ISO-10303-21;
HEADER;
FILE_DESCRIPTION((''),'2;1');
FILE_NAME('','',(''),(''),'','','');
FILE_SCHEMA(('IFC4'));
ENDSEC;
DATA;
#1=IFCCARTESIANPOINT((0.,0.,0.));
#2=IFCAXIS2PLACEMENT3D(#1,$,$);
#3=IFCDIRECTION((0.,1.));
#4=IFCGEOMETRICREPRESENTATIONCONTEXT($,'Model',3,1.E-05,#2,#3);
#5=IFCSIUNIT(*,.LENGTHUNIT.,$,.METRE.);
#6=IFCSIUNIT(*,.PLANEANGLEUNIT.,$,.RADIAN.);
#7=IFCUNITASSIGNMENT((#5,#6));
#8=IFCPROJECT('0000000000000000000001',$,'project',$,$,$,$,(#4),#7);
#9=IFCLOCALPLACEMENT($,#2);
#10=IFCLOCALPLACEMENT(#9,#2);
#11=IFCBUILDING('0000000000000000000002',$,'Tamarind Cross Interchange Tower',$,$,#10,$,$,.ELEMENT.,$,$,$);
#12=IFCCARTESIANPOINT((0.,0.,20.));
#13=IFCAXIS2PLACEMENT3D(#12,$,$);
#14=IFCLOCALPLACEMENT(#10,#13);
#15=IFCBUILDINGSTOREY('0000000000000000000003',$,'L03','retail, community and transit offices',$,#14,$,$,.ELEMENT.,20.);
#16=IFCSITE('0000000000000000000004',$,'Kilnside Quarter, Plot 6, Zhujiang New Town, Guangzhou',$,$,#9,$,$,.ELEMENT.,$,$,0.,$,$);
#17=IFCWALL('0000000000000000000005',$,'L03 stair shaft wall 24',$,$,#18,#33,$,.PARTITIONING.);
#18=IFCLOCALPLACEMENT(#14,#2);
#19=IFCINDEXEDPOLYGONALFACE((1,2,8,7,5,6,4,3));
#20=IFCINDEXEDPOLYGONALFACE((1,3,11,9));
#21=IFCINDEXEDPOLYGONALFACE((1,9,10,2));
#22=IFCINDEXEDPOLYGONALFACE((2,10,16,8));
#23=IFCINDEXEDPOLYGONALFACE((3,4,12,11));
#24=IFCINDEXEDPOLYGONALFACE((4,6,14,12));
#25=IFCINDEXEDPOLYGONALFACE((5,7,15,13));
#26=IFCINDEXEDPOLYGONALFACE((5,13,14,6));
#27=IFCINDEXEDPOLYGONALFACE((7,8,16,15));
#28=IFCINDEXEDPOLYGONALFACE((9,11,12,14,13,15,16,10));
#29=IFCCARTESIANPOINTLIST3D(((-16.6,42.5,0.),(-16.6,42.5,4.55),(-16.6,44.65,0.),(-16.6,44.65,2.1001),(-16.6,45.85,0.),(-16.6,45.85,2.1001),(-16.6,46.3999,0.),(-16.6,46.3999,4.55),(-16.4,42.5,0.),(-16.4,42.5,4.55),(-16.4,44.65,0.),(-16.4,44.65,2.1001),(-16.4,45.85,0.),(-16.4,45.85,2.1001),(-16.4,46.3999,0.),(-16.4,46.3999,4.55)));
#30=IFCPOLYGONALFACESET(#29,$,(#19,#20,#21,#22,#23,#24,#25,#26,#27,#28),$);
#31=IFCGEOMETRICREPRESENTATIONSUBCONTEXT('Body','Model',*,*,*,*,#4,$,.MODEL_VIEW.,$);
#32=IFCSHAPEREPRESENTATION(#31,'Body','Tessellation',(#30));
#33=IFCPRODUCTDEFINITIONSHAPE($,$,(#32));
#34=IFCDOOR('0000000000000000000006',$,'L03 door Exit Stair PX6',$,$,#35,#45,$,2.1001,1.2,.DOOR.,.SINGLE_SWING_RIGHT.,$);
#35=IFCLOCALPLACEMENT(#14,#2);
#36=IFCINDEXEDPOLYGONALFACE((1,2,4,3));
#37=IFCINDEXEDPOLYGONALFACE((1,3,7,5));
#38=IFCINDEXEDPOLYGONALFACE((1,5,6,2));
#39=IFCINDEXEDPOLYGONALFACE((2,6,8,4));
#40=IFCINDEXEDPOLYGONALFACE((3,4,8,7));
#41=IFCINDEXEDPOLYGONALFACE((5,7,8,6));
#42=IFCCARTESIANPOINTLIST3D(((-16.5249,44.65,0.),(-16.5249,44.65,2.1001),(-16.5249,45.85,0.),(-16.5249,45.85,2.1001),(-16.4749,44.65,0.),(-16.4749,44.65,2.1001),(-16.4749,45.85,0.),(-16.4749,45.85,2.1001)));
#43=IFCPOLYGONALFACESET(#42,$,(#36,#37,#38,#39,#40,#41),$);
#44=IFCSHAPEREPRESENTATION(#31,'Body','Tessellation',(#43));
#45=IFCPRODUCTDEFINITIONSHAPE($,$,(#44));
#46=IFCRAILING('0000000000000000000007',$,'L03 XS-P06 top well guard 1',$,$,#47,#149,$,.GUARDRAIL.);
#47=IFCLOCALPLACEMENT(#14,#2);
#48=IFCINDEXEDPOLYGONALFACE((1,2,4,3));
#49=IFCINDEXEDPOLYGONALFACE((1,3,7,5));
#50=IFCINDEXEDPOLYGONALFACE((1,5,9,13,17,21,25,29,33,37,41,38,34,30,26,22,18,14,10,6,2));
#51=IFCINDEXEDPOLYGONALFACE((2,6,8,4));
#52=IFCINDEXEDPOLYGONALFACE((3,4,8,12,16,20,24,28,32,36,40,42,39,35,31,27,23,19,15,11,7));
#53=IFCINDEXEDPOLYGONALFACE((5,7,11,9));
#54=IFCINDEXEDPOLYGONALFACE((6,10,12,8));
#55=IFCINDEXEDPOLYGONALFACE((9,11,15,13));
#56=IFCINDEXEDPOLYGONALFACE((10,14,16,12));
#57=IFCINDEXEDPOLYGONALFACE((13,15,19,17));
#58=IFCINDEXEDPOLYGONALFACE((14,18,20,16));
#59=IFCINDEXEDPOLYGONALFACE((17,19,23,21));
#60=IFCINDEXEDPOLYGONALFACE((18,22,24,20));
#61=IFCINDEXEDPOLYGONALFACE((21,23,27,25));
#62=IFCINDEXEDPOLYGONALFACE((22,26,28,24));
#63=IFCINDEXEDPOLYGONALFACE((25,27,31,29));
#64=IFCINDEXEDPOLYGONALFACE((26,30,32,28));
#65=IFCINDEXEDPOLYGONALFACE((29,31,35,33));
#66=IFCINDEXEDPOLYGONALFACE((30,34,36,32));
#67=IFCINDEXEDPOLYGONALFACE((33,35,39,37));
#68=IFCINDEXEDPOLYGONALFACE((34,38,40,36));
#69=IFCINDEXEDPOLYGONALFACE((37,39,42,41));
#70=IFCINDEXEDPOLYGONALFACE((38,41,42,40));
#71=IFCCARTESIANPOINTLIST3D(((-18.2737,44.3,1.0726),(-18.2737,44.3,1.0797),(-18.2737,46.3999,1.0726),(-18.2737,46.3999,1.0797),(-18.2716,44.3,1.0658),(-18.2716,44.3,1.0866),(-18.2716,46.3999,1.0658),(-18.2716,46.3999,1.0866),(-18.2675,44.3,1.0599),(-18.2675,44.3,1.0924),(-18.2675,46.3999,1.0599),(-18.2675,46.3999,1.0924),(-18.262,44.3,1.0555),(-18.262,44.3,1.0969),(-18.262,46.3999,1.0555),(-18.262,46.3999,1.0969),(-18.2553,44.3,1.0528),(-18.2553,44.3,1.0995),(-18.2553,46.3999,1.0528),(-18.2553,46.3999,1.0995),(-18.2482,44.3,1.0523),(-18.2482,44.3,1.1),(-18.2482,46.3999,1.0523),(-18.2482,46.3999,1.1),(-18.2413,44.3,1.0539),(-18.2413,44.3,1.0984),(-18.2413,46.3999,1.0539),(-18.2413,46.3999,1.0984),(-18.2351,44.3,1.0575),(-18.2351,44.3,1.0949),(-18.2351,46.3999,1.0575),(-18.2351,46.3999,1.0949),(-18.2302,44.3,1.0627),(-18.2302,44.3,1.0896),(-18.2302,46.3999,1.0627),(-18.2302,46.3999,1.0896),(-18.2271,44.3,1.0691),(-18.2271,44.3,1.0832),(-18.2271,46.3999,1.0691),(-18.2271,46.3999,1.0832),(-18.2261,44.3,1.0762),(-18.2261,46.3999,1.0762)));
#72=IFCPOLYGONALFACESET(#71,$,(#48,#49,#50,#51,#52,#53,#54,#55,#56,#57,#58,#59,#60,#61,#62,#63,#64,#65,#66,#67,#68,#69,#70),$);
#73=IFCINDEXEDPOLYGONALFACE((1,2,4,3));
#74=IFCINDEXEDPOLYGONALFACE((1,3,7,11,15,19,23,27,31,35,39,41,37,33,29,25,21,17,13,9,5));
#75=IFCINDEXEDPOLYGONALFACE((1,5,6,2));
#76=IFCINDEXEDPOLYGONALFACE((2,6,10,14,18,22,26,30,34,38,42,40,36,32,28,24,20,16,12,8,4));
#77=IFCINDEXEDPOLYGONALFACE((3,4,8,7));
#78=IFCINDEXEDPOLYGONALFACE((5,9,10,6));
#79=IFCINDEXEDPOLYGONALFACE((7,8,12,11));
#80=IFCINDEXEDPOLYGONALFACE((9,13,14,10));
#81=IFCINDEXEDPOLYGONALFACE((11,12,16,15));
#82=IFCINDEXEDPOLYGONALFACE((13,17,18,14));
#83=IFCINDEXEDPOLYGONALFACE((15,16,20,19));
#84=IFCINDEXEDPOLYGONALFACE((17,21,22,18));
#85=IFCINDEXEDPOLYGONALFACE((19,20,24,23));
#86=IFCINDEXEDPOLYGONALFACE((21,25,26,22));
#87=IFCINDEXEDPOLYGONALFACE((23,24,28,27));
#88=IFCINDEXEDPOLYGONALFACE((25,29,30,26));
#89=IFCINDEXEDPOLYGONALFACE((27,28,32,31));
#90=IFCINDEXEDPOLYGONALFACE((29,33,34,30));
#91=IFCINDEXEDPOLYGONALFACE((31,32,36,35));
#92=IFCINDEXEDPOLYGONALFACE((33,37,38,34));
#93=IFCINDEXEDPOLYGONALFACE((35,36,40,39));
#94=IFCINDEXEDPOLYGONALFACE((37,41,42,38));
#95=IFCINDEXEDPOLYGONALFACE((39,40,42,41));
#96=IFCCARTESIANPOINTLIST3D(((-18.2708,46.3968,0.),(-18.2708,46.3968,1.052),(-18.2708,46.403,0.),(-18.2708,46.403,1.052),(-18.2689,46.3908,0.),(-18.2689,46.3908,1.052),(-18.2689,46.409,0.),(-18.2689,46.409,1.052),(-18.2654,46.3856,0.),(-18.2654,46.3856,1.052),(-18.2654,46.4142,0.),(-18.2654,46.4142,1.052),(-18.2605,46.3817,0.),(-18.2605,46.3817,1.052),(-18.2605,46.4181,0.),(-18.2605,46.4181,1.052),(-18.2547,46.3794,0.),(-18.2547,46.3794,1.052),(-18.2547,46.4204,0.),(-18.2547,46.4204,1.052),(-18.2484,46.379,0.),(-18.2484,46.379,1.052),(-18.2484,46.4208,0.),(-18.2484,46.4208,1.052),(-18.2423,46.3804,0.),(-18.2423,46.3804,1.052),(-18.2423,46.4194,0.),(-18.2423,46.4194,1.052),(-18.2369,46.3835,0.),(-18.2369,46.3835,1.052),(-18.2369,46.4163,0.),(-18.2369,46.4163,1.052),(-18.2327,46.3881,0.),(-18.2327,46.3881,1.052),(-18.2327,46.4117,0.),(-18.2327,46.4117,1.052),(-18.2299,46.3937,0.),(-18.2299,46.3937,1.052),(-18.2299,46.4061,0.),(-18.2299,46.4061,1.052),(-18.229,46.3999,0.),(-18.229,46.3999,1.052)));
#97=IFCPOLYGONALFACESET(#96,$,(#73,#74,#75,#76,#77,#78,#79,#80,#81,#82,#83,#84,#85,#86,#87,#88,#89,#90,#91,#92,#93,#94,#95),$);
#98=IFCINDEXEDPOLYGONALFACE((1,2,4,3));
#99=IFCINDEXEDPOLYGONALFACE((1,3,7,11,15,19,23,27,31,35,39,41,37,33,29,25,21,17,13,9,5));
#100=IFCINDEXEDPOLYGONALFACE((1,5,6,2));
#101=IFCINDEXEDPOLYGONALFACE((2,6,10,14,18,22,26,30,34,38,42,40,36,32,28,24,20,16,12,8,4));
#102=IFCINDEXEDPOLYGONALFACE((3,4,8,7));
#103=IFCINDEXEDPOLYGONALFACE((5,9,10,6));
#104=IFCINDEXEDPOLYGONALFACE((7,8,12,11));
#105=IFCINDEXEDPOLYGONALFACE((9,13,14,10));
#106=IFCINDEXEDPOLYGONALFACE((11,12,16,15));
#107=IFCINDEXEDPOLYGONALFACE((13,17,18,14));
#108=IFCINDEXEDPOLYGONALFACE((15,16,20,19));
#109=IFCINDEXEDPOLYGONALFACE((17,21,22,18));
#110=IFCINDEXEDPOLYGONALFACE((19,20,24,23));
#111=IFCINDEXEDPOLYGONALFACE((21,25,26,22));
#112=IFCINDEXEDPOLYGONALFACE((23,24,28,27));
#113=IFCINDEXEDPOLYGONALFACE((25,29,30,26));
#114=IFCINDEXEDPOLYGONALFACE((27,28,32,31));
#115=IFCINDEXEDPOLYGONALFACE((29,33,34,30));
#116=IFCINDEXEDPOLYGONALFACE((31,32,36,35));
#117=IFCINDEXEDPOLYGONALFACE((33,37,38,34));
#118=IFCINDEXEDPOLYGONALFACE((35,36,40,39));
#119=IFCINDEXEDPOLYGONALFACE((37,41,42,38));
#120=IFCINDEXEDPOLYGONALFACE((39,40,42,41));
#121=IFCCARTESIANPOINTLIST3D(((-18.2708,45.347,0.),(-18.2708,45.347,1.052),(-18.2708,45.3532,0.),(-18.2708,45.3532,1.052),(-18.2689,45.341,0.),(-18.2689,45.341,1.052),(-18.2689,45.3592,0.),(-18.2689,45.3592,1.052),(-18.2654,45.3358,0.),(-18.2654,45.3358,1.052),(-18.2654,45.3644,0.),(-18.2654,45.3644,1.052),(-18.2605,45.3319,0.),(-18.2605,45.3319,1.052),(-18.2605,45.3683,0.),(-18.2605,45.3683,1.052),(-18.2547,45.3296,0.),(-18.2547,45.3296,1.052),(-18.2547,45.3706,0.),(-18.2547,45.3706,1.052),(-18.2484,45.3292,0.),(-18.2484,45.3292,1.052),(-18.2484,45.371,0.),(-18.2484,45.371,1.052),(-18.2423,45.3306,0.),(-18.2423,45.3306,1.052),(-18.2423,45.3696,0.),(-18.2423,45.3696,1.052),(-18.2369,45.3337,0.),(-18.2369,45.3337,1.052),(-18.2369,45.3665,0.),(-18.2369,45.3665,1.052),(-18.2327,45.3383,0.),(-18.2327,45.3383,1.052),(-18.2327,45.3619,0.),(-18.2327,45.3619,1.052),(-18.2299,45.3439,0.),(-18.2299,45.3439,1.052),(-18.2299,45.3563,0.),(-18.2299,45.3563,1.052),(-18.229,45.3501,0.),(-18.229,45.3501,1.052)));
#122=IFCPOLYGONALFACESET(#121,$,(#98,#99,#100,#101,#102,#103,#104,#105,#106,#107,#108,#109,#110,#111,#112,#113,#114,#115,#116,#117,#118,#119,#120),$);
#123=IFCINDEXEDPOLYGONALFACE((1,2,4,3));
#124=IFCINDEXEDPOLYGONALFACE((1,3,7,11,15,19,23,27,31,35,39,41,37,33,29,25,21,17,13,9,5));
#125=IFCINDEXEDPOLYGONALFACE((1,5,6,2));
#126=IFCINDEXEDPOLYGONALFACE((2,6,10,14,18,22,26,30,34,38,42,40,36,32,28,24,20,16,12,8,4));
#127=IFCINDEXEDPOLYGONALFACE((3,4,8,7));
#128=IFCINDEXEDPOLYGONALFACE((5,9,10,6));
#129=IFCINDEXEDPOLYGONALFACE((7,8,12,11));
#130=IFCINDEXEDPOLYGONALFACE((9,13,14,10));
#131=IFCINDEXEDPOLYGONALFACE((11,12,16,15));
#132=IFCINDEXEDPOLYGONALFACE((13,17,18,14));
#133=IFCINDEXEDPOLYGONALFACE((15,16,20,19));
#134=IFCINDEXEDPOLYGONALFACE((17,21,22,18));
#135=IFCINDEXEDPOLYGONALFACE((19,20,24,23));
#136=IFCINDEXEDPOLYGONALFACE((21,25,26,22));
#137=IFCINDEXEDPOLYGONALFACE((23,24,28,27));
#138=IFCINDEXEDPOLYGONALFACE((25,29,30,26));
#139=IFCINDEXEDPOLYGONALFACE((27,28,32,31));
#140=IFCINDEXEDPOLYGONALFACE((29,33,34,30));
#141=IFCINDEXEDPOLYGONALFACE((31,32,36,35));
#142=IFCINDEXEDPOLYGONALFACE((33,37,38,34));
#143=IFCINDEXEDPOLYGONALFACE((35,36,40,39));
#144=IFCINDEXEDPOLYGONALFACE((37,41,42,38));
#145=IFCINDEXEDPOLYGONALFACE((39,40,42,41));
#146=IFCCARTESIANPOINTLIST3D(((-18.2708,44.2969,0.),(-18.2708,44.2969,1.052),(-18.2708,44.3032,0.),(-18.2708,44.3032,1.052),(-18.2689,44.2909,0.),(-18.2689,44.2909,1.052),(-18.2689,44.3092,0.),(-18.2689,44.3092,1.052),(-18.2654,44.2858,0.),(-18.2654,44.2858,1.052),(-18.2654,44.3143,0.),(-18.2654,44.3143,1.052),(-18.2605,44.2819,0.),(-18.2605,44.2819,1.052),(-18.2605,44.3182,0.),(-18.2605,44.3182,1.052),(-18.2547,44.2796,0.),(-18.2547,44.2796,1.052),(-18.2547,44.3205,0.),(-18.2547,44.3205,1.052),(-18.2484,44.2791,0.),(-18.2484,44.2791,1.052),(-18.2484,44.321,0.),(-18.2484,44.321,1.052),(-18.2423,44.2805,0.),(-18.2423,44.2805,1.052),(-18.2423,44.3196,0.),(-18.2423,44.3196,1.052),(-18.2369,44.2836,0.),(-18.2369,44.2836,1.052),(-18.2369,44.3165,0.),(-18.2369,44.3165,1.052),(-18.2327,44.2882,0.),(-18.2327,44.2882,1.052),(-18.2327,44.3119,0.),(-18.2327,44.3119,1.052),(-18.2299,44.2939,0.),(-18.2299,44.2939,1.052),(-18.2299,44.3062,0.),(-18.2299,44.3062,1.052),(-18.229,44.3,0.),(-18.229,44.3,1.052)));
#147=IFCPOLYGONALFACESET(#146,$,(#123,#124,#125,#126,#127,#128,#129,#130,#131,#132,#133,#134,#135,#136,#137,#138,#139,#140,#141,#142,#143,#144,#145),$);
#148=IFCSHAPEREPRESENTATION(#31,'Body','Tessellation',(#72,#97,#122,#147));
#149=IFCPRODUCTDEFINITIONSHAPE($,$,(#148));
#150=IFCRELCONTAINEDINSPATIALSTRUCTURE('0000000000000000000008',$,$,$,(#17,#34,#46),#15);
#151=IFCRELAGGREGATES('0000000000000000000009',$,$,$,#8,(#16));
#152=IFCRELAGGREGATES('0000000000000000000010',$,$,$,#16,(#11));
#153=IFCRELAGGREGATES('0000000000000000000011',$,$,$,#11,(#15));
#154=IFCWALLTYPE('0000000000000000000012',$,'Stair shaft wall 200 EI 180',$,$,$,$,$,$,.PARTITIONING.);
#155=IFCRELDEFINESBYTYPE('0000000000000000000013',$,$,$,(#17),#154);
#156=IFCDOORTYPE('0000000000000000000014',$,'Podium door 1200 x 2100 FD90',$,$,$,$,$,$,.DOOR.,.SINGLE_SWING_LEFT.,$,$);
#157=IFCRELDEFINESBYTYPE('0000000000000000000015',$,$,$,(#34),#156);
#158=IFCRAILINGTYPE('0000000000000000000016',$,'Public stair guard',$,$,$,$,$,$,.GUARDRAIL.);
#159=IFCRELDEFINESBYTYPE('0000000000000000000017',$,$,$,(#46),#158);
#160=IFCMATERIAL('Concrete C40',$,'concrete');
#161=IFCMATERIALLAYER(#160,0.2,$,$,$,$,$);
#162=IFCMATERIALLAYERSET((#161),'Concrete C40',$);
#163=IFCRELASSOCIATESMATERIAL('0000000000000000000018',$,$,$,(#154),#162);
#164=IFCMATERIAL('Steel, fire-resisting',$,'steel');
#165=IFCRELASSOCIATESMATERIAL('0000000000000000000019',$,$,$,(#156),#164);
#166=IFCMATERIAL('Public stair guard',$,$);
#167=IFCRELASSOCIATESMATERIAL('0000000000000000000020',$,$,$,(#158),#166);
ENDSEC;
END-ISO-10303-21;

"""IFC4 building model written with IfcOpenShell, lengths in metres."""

from ifc_helpers import new_model, si_unit, direction, frame, frame_2d, origin, origin_2d, place, context, subcontext, project, spatial, rectangle, circle, extrude, material, layer, layer_set, type_object, element, fill, save


model = new_model("IFC4")

# Units and contexts
model_context = context("Model", 3, precision=1e-05, world=origin(), true_north=direction((0.0, 1.0)))
body_context = subcontext(model_context, "Body", "Model", "MODEL_VIEW")
ifc_project = project(units=[si_unit("LENGTHUNIT", "METRE"), si_unit("PLANEANGLEUNIT", "RADIAN")], contexts=[model_context])

# Site, building, storey
site_placement = place(None, origin())
site = spatial("IfcSite", under=ifc_project, at=site_placement, Name="Kilnside Quarter, Plot 6, Zhujiang New Town, Guangzhou", CompositionType="ELEMENT", RefElevation=0.0)
building_placement = place(site_placement, origin())
building = spatial("IfcBuilding", under=site, at=building_placement, Name="Tamarind Cross Interchange Tower", CompositionType="ELEMENT")
storey_placement = place(building_placement, frame((0.0, 0.0, 20.0)))
storey = spatial("IfcBuildingStorey", under=building, at=storey_placement, Name="L03", Description="retail, community and transit offices", CompositionType="ELEMENT", Elevation=20.0)

# Wall, opening, door
ifc_material_1 = material(Name="Concrete C40", Category="concrete")
ifc_layer_1 = layer(ifc_material_1, 0.2)
ifc_layer_set_1 = layer_set([ifc_layer_1], Name="Concrete C40")
wall_type_1 = type_object("IfcWallType", Name="Stair shaft wall 200 EI 180", PredefinedType="PARTITIONING", material=ifc_layer_set_1)
wall_1_placement = place(storey_placement, frame((-16.5, 42.5, 0.0), z_axis=(0.0, 0.0, 1.0), x_axis=(0.0, 1.0, 0.0)))
wall_1 = element("IfcWall", 1, at=wall_1_placement, inside=storey, type_object=wall_type_1, Name="L03 stair shaft wall 24", PredefinedType="PARTITIONING", context=body_context, shape_type="SweptSolid", body=[
    extrude(rectangle(XDim=3.8999, YDim=0.2, at=frame_2d((1.95, 0.0))), origin(), (0.0, 0.0, 1.0), 4.55),
])
opening_placement = place(wall_1_placement, frame((2.1499, 0.0, 0.0)))
opening = element("IfcOpeningElement", 2, at=opening_placement, cuts=wall_1, PredefinedType="OPENING", context=body_context, shape_type="SweptSolid", body=[
    extrude(rectangle(XDim=1.2, YDim=2.1001, at=frame_2d((0.6001, 1.05))), frame((0.0, 0.1099, 0.0), z_axis=(0.0, -1.0, 0.0), x_axis=(1.0, 0.0, 0.0)), (0.0, 0.0, 1.0), 0.22),
])
ifc_material_2 = material(Name="Steel, fire-resisting", Category="steel")
door_type = type_object("IfcDoorType", Name="Podium door 1200 x 2100 FD90", OperationType="SINGLE_SWING_LEFT", PredefinedType="DOOR", material=ifc_material_2)
door_placement = place(opening_placement, origin())
door = element("IfcDoor", 3, at=door_placement, inside=storey, type_object=door_type, Name="L03 door Exit Stair PX6", OperationType="SINGLE_SWING_RIGHT", OverallHeight=2.1001, OverallWidth=1.2, PredefinedType="DOOR", context=body_context, shape_type="SweptSolid", body=[
    extrude(rectangle(XDim=1.2, YDim=2.1001, at=frame_2d((0.6001, 1.05))), frame((0.0, 0.0249, 0.0), z_axis=(0.0, -1.0, 0.0), x_axis=(1.0, 0.0, 0.0)), (0.0, 0.0, 1.0), 0.05),
])
fill(opening, door)

# Railing
ifc_material_3 = material(Name="Public stair guard")
railing_type = type_object("IfcRailingType", Name="Public stair guard", PredefinedType="GUARDRAIL", material=ifc_material_3)
railing_placement = place(storey_placement, frame((-18.25, 46.3999, 0.0)))
element("IfcRailing", 4, at=railing_placement, inside=storey, type_object=railing_type, Name="L03 XS-P06 top well guard 1", PredefinedType="GUARDRAIL", context=body_context, shape_type="SweptSolid", body=[
    extrude(circle(Radius=0.0239, at=origin_2d()), frame((0.0, 0.0, 1.0762), z_axis=(0.0, -1.0, 0.0), x_axis=(1.0, 0.0, 0.0)), (0.0, 0.0, 1.0), 2.0999),
    extrude(circle(Radius=0.021, at=origin_2d()), origin(), (0.0, 0.0, 1.0), 1.052),
    extrude(circle(Radius=0.021, at=origin_2d()), frame((0.0, -1.0498, 0.0)), (0.0, 0.0, 1.0), 1.052),
    extrude(circle(Radius=0.021, at=origin_2d()), frame((0.0, -2.0999, 0.0)), (0.0, 0.0, 1.0), 1.052),
])

save(model, "model.ifc")
